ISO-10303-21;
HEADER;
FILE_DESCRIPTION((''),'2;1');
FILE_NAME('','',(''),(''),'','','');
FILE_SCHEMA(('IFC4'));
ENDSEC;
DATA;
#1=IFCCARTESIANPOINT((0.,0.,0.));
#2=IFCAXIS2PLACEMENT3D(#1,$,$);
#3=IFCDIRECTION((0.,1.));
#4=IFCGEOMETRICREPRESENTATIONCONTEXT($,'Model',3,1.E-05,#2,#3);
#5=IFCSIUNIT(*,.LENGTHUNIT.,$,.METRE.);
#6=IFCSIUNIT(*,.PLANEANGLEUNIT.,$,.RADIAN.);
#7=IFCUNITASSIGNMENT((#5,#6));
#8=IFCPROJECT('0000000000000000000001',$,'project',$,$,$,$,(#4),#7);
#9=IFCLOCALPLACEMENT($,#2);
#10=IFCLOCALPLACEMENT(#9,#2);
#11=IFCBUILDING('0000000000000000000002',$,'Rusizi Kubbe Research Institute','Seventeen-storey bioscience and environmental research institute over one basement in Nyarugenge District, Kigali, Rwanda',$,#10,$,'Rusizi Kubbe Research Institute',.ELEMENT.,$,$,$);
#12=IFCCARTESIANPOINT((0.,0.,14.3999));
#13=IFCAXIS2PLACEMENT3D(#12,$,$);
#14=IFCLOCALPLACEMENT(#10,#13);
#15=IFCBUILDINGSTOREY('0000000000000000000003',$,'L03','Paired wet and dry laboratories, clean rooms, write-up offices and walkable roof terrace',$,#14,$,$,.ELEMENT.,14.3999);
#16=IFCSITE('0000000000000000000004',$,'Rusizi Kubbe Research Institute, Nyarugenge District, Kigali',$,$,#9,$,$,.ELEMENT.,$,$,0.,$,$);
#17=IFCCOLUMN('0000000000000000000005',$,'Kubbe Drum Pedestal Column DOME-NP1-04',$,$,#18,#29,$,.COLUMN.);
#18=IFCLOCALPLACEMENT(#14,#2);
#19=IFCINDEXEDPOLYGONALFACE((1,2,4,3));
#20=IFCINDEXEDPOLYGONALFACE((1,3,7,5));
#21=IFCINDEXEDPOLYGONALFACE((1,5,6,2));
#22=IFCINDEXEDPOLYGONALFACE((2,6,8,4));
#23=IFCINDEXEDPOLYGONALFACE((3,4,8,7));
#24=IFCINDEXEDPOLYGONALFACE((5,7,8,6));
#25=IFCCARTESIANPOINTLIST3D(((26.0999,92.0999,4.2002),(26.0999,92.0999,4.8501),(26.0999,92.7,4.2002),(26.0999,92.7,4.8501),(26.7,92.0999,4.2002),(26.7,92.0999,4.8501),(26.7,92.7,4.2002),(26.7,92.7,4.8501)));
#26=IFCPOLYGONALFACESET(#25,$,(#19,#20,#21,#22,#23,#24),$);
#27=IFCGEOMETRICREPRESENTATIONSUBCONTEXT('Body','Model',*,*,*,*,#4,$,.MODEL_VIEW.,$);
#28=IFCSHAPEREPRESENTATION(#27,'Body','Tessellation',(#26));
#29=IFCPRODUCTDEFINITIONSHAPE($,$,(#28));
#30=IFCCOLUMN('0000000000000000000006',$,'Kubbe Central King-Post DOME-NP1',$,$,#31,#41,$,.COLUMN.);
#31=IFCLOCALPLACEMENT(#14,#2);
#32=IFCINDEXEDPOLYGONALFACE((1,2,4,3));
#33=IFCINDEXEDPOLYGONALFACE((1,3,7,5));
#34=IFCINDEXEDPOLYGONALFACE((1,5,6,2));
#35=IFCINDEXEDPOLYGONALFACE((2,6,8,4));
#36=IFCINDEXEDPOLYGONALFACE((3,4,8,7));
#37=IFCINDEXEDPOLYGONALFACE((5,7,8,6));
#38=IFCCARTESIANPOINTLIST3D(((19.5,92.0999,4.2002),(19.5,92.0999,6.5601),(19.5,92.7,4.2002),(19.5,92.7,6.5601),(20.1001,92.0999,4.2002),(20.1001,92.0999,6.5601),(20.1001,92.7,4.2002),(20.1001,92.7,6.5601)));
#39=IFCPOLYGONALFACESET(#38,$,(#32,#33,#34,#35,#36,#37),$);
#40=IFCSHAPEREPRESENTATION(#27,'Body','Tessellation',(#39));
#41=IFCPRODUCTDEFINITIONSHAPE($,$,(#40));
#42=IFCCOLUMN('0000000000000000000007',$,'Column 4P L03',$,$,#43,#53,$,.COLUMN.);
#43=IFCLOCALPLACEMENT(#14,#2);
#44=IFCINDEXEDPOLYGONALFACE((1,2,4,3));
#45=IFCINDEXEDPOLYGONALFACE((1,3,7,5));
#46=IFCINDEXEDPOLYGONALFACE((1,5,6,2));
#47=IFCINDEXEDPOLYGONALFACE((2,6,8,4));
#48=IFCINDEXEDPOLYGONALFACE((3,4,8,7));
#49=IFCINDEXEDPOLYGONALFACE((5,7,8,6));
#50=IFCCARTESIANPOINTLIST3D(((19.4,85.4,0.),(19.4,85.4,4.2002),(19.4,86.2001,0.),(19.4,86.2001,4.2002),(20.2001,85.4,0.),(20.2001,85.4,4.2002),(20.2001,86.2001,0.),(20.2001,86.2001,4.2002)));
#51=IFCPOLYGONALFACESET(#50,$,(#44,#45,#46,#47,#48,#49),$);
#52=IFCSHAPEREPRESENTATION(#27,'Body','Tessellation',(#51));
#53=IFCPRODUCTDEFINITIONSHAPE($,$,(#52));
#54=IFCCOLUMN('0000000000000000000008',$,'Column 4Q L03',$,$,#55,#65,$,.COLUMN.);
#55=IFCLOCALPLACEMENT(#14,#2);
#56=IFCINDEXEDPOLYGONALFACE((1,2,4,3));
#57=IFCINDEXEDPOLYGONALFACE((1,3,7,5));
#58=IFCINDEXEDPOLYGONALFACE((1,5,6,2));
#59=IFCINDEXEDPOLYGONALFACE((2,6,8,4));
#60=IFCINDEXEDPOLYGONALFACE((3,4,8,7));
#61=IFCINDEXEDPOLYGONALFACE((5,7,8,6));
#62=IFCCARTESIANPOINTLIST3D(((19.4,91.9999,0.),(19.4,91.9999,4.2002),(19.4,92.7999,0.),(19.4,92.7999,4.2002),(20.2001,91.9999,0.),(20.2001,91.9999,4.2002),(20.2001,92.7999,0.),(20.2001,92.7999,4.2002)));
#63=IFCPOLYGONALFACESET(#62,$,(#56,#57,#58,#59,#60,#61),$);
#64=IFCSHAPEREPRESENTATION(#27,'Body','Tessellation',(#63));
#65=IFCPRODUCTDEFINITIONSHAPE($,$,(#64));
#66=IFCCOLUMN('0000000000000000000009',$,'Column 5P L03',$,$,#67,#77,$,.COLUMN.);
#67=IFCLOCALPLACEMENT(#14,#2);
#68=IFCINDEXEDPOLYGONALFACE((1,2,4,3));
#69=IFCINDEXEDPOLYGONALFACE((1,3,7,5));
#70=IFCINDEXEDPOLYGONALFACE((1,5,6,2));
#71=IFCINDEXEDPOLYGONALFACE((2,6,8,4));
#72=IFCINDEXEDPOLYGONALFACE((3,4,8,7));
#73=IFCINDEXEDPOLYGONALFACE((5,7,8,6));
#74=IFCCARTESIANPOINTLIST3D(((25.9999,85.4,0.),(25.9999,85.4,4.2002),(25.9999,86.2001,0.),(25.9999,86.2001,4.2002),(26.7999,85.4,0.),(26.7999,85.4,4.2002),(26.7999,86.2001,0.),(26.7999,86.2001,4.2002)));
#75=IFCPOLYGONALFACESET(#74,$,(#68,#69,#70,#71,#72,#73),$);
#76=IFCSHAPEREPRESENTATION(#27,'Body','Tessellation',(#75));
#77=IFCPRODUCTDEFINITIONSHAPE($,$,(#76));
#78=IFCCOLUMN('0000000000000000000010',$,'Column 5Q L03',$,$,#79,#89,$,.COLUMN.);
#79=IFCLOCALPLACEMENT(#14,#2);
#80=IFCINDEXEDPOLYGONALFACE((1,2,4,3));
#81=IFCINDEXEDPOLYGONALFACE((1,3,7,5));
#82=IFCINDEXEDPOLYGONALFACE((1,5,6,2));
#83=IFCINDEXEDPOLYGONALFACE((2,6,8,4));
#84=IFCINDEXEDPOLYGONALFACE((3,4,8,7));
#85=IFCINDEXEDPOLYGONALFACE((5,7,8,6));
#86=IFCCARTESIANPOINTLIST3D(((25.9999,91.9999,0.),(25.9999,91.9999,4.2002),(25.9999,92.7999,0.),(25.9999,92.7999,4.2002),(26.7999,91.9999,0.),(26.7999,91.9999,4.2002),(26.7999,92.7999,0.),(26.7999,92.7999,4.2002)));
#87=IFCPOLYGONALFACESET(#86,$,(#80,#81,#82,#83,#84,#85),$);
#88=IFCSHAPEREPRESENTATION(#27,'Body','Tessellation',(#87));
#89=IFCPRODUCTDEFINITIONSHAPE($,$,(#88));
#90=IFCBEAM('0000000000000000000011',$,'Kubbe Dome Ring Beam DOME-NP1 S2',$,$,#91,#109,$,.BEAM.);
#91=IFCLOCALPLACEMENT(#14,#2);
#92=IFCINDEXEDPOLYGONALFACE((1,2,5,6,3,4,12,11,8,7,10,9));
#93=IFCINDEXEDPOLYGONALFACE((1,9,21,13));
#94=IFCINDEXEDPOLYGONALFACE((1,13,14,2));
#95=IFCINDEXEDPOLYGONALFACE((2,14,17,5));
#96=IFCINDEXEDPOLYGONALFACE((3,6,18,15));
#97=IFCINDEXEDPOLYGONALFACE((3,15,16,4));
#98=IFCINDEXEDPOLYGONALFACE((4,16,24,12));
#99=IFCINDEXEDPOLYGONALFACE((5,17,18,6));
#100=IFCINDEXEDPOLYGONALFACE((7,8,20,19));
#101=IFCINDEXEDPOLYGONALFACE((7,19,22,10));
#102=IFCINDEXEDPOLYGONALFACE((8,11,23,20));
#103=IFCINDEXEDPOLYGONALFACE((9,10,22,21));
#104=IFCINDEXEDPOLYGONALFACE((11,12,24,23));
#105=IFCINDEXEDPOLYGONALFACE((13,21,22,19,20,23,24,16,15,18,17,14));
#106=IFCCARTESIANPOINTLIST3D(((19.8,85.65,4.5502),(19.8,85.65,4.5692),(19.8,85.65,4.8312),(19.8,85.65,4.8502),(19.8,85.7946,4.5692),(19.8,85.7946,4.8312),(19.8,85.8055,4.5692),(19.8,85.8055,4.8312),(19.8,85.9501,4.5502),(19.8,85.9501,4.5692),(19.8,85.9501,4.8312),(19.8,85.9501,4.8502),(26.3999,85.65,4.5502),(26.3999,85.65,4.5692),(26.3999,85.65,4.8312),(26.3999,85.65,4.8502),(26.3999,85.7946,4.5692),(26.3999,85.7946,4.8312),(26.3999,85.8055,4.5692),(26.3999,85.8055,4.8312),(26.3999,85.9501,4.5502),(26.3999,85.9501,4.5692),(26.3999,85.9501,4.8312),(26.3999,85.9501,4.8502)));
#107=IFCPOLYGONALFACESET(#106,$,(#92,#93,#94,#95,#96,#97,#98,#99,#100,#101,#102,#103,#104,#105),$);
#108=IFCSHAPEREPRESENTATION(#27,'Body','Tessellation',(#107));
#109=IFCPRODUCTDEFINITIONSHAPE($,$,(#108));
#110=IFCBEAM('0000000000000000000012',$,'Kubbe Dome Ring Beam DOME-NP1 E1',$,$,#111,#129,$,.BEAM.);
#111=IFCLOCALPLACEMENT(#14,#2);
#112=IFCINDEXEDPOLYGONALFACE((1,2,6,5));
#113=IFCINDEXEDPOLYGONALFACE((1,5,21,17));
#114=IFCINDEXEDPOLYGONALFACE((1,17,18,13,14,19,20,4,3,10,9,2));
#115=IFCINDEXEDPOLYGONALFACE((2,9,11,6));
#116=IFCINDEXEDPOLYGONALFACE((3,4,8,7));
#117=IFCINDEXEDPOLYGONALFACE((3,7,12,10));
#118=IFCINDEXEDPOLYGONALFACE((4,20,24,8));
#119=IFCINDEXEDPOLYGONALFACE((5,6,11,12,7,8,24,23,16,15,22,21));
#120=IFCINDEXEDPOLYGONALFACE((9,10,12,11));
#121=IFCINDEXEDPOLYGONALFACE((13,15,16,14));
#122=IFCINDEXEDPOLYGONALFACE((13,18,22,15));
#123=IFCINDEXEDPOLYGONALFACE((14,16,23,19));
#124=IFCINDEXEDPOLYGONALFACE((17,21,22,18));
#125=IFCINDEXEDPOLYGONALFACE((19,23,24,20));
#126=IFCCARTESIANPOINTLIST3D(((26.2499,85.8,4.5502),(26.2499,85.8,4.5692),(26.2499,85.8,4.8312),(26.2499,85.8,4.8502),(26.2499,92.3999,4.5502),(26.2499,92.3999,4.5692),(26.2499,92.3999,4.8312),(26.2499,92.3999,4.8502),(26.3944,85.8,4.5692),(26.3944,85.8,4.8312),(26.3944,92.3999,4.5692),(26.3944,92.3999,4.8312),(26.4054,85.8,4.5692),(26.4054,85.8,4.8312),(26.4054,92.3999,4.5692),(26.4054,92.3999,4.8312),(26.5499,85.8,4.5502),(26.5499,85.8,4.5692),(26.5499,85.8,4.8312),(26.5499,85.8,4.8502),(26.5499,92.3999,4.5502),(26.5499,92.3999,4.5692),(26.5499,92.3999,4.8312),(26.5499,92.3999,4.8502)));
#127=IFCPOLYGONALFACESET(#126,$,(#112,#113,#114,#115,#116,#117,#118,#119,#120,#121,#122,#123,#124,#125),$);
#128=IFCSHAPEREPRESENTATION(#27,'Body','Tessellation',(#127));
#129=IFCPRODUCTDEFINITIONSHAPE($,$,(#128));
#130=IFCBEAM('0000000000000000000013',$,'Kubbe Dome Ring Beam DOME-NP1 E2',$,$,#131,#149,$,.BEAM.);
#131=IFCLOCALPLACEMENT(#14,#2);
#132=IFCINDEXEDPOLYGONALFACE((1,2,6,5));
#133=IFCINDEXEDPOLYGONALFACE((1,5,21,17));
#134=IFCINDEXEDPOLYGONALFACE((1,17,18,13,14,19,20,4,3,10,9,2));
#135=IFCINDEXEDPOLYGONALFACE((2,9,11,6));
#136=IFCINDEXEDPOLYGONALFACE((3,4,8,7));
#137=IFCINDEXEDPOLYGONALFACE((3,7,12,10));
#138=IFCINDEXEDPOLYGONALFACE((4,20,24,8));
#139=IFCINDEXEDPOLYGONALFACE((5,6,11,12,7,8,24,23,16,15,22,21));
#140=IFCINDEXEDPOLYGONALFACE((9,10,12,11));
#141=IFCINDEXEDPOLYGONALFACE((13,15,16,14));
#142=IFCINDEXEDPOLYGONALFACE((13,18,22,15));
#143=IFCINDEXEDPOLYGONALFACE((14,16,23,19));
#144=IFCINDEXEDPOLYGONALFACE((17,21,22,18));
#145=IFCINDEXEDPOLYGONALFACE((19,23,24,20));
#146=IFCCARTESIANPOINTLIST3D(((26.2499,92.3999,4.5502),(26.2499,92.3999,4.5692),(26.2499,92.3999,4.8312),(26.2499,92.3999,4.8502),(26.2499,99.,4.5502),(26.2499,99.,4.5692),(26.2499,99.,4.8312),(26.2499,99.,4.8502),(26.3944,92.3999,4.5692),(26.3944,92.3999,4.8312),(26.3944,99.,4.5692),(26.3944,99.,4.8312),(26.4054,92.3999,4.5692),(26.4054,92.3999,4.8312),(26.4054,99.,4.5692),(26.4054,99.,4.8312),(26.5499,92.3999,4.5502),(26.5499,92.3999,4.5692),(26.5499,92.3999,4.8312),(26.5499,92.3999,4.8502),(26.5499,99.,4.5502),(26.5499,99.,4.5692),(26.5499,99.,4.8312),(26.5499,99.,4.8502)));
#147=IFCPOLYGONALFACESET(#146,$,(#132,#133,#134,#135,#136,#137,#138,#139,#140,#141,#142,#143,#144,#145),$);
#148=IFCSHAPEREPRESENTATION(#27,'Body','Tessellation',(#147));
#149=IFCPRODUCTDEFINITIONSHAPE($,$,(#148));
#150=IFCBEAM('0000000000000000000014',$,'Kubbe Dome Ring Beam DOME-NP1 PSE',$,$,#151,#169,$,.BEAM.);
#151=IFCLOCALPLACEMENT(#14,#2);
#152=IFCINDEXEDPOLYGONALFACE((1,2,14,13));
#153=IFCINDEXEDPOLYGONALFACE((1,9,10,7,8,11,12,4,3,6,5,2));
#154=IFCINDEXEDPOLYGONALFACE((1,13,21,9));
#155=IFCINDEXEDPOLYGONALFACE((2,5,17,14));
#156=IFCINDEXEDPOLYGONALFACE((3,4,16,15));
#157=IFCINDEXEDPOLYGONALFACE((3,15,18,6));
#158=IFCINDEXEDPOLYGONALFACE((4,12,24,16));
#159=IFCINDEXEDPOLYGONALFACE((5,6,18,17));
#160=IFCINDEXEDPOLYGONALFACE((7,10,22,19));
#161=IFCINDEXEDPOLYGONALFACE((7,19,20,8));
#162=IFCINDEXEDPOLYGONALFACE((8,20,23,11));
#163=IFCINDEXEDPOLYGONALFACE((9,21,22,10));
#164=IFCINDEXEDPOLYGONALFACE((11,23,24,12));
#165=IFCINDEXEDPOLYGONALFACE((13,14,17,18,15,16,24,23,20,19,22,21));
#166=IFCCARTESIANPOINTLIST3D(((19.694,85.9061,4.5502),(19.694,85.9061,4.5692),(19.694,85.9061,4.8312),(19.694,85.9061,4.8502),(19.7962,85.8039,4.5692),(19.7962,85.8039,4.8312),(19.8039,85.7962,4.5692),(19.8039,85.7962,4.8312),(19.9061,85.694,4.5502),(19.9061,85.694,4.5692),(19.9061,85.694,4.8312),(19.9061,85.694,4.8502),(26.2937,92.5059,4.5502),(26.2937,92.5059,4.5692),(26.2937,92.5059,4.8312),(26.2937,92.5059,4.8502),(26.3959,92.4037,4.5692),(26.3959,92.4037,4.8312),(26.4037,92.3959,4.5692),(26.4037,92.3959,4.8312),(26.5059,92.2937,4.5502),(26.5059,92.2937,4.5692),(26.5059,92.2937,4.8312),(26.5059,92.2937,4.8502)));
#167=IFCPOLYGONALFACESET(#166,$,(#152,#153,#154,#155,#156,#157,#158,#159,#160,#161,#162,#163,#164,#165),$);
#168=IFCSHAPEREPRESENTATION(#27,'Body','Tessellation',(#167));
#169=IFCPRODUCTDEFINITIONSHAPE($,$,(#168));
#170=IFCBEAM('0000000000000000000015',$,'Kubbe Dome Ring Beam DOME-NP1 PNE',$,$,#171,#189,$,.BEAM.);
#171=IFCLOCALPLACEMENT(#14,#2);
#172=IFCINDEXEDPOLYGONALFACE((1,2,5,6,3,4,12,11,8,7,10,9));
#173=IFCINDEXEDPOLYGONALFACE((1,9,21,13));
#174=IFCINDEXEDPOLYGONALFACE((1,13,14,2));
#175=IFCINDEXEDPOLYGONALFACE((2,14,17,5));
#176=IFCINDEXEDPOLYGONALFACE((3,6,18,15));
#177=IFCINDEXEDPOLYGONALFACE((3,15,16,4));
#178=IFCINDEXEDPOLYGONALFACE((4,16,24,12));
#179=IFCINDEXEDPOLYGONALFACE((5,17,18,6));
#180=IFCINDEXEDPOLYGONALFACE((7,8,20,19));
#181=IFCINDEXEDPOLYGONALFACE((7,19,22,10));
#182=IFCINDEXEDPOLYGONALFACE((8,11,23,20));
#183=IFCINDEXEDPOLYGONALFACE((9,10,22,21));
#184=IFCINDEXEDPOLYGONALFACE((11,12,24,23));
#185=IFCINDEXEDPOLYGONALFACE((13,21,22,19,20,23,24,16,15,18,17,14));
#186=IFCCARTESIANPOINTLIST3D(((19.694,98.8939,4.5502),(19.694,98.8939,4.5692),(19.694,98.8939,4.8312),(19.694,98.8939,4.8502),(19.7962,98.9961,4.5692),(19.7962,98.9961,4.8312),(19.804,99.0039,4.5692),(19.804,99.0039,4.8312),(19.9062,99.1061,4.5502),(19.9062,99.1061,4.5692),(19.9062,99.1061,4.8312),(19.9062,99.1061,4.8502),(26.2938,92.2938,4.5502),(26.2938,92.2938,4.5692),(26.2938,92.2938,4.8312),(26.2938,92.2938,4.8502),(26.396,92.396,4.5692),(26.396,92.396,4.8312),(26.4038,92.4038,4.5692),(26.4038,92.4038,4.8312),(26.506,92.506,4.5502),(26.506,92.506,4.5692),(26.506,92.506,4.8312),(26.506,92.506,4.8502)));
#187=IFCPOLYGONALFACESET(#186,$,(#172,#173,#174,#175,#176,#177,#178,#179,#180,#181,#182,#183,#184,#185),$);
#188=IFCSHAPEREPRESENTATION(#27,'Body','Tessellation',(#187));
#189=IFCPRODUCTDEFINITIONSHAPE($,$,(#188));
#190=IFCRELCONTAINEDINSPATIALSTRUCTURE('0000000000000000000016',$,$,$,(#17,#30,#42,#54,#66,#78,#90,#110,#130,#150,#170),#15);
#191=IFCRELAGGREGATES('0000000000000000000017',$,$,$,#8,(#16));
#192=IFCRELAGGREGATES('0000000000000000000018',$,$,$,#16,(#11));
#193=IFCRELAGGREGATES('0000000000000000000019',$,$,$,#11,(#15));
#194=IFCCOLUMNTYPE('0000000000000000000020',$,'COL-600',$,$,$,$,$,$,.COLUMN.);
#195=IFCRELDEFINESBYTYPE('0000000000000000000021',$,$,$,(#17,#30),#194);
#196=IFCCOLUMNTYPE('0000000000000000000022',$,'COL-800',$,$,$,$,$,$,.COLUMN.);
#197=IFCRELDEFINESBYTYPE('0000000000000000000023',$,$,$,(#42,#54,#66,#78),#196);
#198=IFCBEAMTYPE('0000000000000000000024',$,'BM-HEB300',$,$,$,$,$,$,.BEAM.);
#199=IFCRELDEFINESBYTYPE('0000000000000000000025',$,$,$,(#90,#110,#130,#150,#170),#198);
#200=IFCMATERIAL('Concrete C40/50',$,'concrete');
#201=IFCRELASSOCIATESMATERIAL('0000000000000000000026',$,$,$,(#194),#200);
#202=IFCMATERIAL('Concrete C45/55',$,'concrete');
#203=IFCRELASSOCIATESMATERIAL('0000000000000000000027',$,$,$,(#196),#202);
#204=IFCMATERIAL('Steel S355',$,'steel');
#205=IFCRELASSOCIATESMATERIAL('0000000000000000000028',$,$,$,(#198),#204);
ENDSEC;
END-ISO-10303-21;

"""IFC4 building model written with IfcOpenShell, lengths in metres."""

from ifc_helpers import new_model, si_unit, direction, frame, origin, origin_2d, place, context, subcontext, project, spatial, rectangle, i_section, extrude, material, material_profile, profile_set, type_object, element, save


model = new_model("IFC4")

# Units and contexts
model_context = context("Model", 3, precision=1e-05, world=origin(), true_north=direction((0.0, 1.0)))
body_context = subcontext(model_context, "Body", "Model", "MODEL_VIEW")
ifc_project = project(units=[si_unit("LENGTHUNIT", "METRE"), si_unit("PLANEANGLEUNIT", "RADIAN")], contexts=[model_context])

# Site, building, storey
site_placement = place(None, origin())
site = spatial("IfcSite", under=ifc_project, at=site_placement, Name="Rusizi Kubbe Research Institute, Nyarugenge District, Kigali", CompositionType="ELEMENT", RefElevation=0.0)
building_placement = place(site_placement, origin())
building = spatial("IfcBuilding", under=site, at=building_placement, Name="Rusizi Kubbe Research Institute", Description="Seventeen-storey bioscience and environmental research institute over one basement in Nyarugenge District, Kigali, Rwanda", LongName="Rusizi Kubbe Research Institute", CompositionType="ELEMENT")
storey_placement = place(building_placement, frame((0.0, 0.0, 14.3999)))
storey = spatial("IfcBuildingStorey", under=building, at=storey_placement, Name="L03", Description="Paired wet and dry laboratories, clean rooms, write-up offices and walkable roof terrace", CompositionType="ELEMENT", Elevation=14.3999)

# Columns
ifc_material_1 = material(Name="Concrete C40/50", Category="concrete")
ifc_material_profile_1 = material_profile(ifc_material_1, rectangle(XDim=0.6001, YDim=0.6001, at=origin_2d()), Name="RC600x600")
ifc_profile_set_1 = profile_set([ifc_material_profile_1], Name="Concrete C40/50")
column_type_1 = type_object("IfcColumnType", Name="COL-600", PredefinedType="COLUMN", material=ifc_profile_set_1)
column_1_placement = place(storey_placement, frame((26.3999, 92.3999, 4.2002), z_axis=(0.0, 0.0, 1.0), x_axis=(1.0, 0.0, 0.0)))
element("IfcColumn", 1, at=column_1_placement, inside=storey, type_object=column_type_1, Name="Kubbe Drum Pedestal Column DOME-NP1-04", PredefinedType="COLUMN", context=body_context, shape_type="SweptSolid", body=[
    extrude(rectangle(XDim=0.6001, YDim=0.6001, at=origin_2d()), origin(), (0.0, 0.0, 1.0), 0.6499),
])
column_2_placement = place(storey_placement, frame((19.8, 92.3999, 4.2002), z_axis=(0.0, 0.0, 1.0), x_axis=(1.0, 0.0, 0.0)))
element("IfcColumn", 2, at=column_2_placement, inside=storey, type_object=column_type_1, Name="Kubbe Central King-Post DOME-NP1", PredefinedType="COLUMN", context=body_context, shape_type="SweptSolid", body=[
    extrude(rectangle(XDim=0.6001, YDim=0.6001, at=origin_2d()), origin(), (0.0, 0.0, 1.0), 2.3599),
])
ifc_material_2 = material(Name="Concrete C45/55", Category="concrete")
ifc_material_profile_2 = material_profile(ifc_material_2, rectangle(XDim=0.8, YDim=0.8, at=origin_2d()), Name="RC800x800")
ifc_profile_set_2 = profile_set([ifc_material_profile_2], Name="Concrete C45/55")
column_type_2 = type_object("IfcColumnType", Name="COL-800", PredefinedType="COLUMN", material=ifc_profile_set_2)
for number, where, z_axis, x_axis, name in (
    (3, (19.8, 85.8, 0.0), (0.0, 0.0, 1.0), (1.0, 0.0, 0.0), "Column 4P L03"),
    (4, (19.8, 92.3999, 0.0), (0.0, 0.0, 1.0), (1.0, 0.0, 0.0), "Column 4Q L03"),
    (5, (26.3999, 85.8, 0.0), (0.0, 0.0, 1.0), (1.0, 0.0, 0.0), "Column 5P L03"),
    (6, (26.3999, 92.3999, 0.0), (0.0, 0.0, 1.0), (1.0, 0.0, 0.0), "Column 5Q L03"),
):
    element("IfcColumn", number, at=place(storey_placement, frame(where, z_axis=z_axis, x_axis=x_axis)), inside=storey, type_object=column_type_2, Name=name, PredefinedType="COLUMN", context=body_context, shape_type="SweptSolid", body=[
        extrude(rectangle(XDim=0.8, YDim=0.8, at=origin_2d()), origin(), (0.0, 0.0, 1.0), 4.2002),
    ])

# Beams
ifc_material_3 = material(Name="Steel S355", Category="steel")
ifc_material_profile_3 = material_profile(ifc_material_3, i_section(OverallWidth=0.3, OverallDepth=0.3, WebThickness=0.011, FlangeThickness=0.019, at=origin_2d()), Name="HEB 300")
ifc_profile_set_3 = profile_set([ifc_material_profile_3], Name="Steel S355")
beam_type_1 = type_object("IfcBeamType", Name="BM-HEB300", PredefinedType="BEAM", material=ifc_profile_set_3)
for number, where, z_axis, x_axis, name in (
    (7, (19.8, 85.8, 4.7002), (1.0, 0.0, 0.0), (0.0, 1.0, 0.0), "Kubbe Dome Ring Beam DOME-NP1 S2"),
    (8, (26.3999, 85.8, 4.7002), (0.0, 1.0, 0.0), (-1.0, 0.0, 0.0), "Kubbe Dome Ring Beam DOME-NP1 E1"),
):
    element("IfcBeam", number, at=place(storey_placement, frame(where, z_axis=z_axis, x_axis=x_axis)), inside=storey, type_object=beam_type_1, Name=name, PredefinedType="BEAM", context=body_context, shape_type="SweptSolid", body=[
        extrude(i_section(OverallWidth=0.3, OverallDepth=0.3, WebThickness=0.011, FlangeThickness=0.019, at=origin_2d()), origin(), (0.0, 0.0, 1.0), 6.5999),
    ])
beam_1_placement = place(storey_placement, frame((26.3999, 92.3999, 4.7002), z_axis=(0.0, 1.0, 0.0), x_axis=(-1.0, 0.0, 0.0)))
element("IfcBeam", 9, at=beam_1_placement, inside=storey, type_object=beam_type_1, Name="Kubbe Dome Ring Beam DOME-NP1 E2", PredefinedType="BEAM", context=body_context, shape_type="SweptSolid", body=[
    extrude(i_section(OverallWidth=0.3, OverallDepth=0.3, WebThickness=0.011, FlangeThickness=0.019, at=origin_2d()), origin(), (0.0, 0.0, 1.0), 6.6001),
])
beam_2_placement = place(storey_placement, frame((19.8, 85.8, 4.7002), z_axis=(0.707107, 0.707107, 0.0), x_axis=(-0.707107, 0.707107, 0.0)))
element("IfcBeam", 10, at=beam_2_placement, inside=storey, type_object=beam_type_1, Name="Kubbe Dome Ring Beam DOME-NP1 PSE", PredefinedType="BEAM", context=body_context, shape_type="SweptSolid", body=[
    extrude(i_section(OverallWidth=0.3, OverallDepth=0.3, WebThickness=0.011, FlangeThickness=0.019, at=origin_2d()), origin(), (0.0, 0.0, 1.0), 9.3335),
])
beam_3_placement = place(storey_placement, frame((26.3999, 92.3999, 4.7002), z_axis=(-0.707094, 0.70712, 0.0), x_axis=(-0.70712, -0.707094, 0.0)))
element("IfcBeam", 11, at=beam_3_placement, inside=storey, type_object=beam_type_1, Name="Kubbe Dome Ring Beam DOME-NP1 PNE", PredefinedType="BEAM", context=body_context, shape_type="SweptSolid", body=[
    extrude(i_section(OverallWidth=0.3, OverallDepth=0.3, WebThickness=0.011, FlangeThickness=0.019, at=origin_2d()), origin(), (0.0, 0.0, 1.0), 9.3337),
])

save(model, "model.ifc")
